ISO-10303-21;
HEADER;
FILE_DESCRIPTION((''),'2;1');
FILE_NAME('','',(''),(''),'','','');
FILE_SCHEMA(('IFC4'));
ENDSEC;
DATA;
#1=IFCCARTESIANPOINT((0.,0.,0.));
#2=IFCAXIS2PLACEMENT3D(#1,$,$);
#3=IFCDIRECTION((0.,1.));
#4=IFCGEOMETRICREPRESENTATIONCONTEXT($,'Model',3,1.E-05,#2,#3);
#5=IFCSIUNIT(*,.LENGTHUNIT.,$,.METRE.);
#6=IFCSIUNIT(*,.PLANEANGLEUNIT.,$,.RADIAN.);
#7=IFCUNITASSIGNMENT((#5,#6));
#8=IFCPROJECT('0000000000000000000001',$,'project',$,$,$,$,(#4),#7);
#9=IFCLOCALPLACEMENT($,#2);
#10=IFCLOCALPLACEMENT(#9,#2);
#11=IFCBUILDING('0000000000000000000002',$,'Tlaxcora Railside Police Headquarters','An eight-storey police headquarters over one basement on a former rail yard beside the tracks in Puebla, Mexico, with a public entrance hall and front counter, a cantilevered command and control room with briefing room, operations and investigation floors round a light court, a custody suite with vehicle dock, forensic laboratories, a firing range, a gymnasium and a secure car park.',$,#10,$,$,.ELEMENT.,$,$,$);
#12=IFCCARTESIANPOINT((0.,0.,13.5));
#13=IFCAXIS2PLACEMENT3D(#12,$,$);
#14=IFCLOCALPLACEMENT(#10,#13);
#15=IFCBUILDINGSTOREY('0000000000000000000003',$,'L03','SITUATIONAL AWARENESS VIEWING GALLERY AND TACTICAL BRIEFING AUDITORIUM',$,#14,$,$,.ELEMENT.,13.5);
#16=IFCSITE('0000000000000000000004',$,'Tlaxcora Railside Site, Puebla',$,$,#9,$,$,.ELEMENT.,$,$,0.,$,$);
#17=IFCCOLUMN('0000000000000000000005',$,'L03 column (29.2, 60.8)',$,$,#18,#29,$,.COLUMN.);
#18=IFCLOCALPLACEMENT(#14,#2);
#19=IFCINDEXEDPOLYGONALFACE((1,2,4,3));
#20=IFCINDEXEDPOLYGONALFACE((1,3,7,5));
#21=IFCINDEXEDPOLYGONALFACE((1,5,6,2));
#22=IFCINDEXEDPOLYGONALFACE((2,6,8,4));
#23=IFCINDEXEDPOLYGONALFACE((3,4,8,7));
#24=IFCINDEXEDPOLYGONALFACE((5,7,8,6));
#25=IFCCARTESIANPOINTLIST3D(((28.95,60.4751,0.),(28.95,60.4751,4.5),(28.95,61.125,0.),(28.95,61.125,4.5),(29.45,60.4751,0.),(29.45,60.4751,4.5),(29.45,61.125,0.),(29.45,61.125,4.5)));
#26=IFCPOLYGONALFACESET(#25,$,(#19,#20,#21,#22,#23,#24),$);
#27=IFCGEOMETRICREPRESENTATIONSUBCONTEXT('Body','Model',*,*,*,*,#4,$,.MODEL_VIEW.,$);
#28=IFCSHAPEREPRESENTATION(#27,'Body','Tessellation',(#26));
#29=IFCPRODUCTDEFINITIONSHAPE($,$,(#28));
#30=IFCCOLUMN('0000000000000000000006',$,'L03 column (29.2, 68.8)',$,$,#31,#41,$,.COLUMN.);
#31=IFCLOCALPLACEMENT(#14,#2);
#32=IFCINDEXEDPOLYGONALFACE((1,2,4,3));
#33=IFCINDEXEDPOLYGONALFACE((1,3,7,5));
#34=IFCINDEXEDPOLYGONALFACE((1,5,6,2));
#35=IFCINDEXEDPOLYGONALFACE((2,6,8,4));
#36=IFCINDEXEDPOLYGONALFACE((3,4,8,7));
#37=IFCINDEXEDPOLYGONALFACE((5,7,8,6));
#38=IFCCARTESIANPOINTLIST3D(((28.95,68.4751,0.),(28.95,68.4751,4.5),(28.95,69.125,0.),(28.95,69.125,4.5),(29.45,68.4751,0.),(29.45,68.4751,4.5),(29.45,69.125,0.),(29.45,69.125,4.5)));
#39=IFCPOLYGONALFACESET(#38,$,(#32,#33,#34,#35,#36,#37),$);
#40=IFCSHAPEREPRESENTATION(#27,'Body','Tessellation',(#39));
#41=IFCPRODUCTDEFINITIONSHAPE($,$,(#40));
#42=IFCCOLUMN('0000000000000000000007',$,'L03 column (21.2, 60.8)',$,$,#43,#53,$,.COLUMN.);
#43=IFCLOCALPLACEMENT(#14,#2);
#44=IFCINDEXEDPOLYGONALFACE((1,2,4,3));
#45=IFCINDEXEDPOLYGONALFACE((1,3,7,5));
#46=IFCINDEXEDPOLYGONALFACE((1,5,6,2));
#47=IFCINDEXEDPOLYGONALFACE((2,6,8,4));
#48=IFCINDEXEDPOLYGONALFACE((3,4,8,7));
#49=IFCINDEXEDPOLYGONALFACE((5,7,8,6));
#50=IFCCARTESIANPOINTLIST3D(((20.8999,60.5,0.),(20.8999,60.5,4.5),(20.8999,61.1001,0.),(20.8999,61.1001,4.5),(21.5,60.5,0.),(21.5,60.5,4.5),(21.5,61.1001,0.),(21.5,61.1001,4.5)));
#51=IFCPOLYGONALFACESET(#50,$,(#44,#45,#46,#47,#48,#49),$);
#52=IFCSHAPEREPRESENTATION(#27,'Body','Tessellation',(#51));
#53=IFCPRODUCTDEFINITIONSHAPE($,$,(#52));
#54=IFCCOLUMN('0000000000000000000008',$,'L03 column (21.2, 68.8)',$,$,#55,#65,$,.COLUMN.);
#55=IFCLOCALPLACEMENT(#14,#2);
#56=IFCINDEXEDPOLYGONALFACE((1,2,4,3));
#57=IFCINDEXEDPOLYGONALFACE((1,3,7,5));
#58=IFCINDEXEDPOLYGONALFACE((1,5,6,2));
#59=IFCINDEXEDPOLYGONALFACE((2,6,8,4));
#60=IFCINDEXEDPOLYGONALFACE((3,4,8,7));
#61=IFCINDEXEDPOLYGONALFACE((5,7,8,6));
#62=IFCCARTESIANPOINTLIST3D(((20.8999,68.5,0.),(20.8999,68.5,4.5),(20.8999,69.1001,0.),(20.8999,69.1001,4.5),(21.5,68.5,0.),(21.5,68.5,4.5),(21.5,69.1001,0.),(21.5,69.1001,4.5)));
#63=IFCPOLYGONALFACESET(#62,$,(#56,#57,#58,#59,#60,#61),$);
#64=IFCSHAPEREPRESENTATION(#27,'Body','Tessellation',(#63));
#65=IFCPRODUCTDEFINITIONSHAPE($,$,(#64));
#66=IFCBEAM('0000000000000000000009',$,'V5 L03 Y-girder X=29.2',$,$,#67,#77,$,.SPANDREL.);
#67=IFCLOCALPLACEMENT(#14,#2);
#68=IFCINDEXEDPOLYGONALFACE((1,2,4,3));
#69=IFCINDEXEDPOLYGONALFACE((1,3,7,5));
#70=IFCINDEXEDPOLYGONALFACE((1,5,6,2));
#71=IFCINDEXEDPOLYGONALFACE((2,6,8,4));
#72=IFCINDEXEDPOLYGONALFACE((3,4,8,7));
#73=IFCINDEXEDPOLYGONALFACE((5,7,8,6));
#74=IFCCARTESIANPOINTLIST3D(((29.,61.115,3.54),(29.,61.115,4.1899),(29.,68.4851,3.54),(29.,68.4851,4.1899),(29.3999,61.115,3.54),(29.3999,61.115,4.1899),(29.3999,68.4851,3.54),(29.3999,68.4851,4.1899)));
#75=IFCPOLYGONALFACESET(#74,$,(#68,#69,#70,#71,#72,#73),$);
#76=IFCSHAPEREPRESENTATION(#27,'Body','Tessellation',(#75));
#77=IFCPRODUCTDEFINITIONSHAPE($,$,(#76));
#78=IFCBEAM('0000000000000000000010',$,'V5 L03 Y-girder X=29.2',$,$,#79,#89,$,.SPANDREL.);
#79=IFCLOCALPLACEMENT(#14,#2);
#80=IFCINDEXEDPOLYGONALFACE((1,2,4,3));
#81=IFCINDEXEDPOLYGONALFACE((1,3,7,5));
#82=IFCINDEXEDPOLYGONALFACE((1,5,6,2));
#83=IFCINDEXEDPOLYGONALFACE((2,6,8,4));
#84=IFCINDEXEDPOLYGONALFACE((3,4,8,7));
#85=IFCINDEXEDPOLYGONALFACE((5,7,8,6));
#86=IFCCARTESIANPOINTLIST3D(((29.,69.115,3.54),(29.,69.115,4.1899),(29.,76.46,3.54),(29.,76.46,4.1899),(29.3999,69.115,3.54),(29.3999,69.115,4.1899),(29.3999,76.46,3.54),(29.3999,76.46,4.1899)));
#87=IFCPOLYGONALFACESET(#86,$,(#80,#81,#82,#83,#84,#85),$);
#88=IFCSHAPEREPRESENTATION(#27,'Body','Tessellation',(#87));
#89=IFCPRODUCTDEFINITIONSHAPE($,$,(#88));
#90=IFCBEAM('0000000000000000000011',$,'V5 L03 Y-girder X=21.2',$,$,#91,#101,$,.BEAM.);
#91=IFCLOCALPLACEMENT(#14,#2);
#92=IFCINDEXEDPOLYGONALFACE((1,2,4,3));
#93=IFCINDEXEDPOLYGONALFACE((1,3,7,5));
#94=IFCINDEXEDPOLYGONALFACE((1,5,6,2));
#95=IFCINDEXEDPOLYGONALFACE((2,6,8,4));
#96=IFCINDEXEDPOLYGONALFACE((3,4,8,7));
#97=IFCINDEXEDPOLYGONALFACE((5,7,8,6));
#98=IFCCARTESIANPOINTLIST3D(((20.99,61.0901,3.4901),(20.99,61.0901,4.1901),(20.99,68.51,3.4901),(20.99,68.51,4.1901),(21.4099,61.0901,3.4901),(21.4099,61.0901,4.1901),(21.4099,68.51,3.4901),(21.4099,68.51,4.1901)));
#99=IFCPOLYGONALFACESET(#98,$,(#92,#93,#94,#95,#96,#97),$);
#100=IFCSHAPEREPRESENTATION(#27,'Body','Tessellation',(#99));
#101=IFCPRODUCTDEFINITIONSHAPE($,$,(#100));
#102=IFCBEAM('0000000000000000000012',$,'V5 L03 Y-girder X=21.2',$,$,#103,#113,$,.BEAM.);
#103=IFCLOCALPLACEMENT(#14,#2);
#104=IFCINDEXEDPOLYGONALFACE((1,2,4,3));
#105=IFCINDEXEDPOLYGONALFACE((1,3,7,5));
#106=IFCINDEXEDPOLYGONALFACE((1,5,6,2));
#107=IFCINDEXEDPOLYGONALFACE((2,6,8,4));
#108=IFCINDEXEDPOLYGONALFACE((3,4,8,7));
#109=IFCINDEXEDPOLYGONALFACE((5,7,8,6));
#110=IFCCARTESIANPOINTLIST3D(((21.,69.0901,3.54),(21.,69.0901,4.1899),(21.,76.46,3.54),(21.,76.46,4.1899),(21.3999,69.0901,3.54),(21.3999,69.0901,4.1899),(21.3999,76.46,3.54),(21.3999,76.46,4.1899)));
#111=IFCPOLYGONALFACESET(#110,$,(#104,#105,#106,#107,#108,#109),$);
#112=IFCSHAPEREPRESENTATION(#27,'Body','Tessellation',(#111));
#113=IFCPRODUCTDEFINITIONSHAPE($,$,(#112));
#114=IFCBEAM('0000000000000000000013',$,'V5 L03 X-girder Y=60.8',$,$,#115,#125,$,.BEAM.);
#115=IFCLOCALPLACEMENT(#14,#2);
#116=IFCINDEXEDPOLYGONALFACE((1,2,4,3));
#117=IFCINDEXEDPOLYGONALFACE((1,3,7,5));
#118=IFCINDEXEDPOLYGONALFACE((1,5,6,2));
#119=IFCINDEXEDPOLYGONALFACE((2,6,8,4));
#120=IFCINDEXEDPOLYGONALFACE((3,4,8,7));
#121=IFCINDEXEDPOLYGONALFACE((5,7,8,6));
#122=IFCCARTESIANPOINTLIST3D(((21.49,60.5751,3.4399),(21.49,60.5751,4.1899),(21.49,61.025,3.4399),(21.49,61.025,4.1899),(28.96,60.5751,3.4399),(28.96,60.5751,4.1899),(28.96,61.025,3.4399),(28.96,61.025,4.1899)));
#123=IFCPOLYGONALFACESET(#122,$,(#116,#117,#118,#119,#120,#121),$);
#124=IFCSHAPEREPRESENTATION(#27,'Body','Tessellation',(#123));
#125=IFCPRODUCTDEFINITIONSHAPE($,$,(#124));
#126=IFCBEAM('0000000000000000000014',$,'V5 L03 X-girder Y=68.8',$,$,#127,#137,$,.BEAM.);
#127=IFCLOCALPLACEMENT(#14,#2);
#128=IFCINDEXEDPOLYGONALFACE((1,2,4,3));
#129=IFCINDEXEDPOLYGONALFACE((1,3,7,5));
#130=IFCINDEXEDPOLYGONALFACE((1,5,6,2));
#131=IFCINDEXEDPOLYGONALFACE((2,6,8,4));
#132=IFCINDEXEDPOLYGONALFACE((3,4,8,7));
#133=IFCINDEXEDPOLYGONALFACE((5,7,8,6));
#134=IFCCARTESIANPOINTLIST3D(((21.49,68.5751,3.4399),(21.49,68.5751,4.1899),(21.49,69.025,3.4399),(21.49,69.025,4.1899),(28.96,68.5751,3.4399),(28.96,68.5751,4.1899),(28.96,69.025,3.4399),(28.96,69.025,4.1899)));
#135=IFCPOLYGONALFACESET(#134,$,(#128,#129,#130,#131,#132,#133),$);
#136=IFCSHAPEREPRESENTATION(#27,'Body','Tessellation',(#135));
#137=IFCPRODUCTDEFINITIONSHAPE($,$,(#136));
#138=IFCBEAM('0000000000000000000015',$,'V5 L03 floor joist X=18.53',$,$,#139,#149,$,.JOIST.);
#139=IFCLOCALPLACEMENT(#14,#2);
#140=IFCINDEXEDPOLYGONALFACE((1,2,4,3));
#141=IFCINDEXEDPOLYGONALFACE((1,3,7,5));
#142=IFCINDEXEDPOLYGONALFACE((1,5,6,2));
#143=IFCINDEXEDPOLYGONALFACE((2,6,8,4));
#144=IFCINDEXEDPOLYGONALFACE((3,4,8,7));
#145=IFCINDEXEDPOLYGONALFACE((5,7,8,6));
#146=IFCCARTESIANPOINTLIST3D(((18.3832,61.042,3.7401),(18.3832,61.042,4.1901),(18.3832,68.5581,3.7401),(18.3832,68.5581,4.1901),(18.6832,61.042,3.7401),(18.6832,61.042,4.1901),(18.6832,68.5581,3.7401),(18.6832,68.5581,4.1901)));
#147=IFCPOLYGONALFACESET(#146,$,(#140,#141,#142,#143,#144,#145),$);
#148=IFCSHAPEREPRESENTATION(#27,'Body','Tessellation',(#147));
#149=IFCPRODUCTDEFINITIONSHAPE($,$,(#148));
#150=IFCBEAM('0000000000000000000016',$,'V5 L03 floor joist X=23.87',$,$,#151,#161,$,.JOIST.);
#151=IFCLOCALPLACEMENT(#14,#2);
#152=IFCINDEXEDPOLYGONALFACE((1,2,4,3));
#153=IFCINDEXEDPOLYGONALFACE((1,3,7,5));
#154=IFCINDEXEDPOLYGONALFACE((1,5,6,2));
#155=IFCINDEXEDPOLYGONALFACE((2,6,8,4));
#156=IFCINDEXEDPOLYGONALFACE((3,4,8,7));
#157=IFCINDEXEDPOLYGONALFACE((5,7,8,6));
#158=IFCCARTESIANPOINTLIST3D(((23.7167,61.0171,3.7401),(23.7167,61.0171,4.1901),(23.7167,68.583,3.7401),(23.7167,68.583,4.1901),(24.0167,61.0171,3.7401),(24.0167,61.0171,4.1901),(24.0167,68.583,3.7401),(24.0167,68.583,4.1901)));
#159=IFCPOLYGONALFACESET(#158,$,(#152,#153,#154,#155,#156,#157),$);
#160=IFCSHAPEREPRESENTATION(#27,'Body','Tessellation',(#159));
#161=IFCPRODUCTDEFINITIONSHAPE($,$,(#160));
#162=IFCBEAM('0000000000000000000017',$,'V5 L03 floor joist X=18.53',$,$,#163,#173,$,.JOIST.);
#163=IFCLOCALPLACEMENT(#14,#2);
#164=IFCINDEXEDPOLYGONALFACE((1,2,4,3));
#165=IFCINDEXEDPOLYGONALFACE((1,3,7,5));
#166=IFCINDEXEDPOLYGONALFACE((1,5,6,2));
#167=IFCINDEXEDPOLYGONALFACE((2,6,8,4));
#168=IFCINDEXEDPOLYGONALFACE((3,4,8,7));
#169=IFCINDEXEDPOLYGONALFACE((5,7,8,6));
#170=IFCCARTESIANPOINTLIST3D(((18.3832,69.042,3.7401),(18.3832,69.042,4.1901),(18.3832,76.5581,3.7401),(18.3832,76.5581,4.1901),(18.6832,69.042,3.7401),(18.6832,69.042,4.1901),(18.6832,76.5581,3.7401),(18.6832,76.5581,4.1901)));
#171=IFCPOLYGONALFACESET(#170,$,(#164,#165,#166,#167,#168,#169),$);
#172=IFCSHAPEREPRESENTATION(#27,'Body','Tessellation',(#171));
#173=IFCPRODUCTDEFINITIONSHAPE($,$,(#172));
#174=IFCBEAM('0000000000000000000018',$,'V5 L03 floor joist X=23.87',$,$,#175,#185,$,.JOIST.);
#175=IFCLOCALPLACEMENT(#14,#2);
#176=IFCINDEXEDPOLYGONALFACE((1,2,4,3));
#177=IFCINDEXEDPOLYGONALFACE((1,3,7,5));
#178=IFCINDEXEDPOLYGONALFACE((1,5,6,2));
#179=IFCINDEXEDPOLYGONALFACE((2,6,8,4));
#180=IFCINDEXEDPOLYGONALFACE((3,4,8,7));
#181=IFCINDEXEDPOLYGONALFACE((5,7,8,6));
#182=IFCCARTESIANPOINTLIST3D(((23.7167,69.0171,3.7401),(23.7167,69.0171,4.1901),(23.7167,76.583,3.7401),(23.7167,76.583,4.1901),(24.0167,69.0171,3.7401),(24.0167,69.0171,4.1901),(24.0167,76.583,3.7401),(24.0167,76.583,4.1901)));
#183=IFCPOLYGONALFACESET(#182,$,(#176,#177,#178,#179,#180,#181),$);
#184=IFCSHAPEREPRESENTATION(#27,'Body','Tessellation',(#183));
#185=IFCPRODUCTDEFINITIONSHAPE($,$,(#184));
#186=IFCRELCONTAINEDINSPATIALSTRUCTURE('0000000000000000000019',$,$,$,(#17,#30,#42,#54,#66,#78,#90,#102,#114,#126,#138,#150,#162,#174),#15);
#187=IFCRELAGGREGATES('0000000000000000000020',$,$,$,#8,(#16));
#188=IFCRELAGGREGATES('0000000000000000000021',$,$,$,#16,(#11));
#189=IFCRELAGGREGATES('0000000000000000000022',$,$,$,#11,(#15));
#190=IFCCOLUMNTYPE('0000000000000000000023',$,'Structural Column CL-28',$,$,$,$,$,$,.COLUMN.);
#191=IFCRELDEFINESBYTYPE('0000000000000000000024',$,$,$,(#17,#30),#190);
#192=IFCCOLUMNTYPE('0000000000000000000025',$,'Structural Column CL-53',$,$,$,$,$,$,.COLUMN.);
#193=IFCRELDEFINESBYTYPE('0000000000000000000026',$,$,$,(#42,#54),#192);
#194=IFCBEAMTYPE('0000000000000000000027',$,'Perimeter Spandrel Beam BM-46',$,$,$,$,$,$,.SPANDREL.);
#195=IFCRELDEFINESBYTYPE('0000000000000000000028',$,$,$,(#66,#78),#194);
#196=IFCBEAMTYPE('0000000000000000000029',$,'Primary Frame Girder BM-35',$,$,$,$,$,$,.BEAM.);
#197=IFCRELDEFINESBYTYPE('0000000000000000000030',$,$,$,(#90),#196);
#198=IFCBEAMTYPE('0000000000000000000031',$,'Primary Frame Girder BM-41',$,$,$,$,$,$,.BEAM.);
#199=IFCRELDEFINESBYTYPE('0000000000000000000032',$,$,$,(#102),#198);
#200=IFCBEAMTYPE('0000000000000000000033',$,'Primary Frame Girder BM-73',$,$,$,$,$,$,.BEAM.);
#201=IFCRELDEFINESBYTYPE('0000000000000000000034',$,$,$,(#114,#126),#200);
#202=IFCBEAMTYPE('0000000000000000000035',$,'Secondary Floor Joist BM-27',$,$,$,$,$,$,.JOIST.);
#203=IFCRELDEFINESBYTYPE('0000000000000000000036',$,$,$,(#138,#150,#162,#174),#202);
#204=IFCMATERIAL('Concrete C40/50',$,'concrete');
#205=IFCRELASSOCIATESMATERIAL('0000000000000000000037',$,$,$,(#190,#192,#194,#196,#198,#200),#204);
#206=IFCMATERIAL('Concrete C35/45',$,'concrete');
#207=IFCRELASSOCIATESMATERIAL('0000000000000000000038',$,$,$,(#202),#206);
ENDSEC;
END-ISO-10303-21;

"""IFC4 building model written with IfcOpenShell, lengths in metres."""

from ifc_helpers import new_model, si_unit, direction, frame, origin, origin_2d, place, context, subcontext, project, spatial, rectangle, extrude, material, material_profile, profile_set, type_object, element, save


model = new_model("IFC4")

# Units and contexts
model_context = context("Model", 3, precision=1e-05, world=origin(), true_north=direction((0.0, 1.0)))
body_context = subcontext(model_context, "Body", "Model", "MODEL_VIEW")
ifc_project = project(units=[si_unit("LENGTHUNIT", "METRE"), si_unit("PLANEANGLEUNIT", "RADIAN")], contexts=[model_context])

# Site, building, storey
site_placement = place(None, origin())
site = spatial("IfcSite", under=ifc_project, at=site_placement, Name="Tlaxcora Railside Site, Puebla", CompositionType="ELEMENT", RefElevation=0.0)
building_placement = place(site_placement, origin())
building = spatial("IfcBuilding", under=site, at=building_placement, Name="Tlaxcora Railside Police Headquarters", Description="An eight-storey police headquarters over one basement on a former rail yard beside the tracks in Puebla, Mexico, with a public entrance hall and front counter, a cantilevered command and control room with briefing room, operations and investigation floors round a light court, a custody suite with vehicle dock, forensic laboratories, a firing range, a gymnasium and a secure car park.", CompositionType="ELEMENT")
storey_placement = place(building_placement, frame((0.0, 0.0, 13.5)))
storey = spatial("IfcBuildingStorey", under=building, at=storey_placement, Name="L03", Description="SITUATIONAL AWARENESS VIEWING GALLERY AND TACTICAL BRIEFING AUDITORIUM", CompositionType="ELEMENT", Elevation=13.5)

# Columns
ifc_material_1 = material(Name="Concrete C40/50", Category="concrete")
ifc_material_profile_1 = material_profile(ifc_material_1, rectangle(XDim=0.5, YDim=0.6499, at=origin_2d()), Name="RC500X650")
ifc_profile_set_1 = profile_set([ifc_material_profile_1], Name="Concrete C40/50")
column_type_1 = type_object("IfcColumnType", Name="Structural Column CL-28", PredefinedType="COLUMN", material=ifc_profile_set_1)
for number, where, z_axis, x_axis, name in (
    (1, (29.2, 60.8, 0.0), (0.0, 0.0, 1.0), (1.0, 0.0, 0.0), "L03 column (29.2, 60.8)"),
    (2, (29.2, 68.8, 0.0), (0.0, 0.0, 1.0), (1.0, 0.0, 0.0), "L03 column (29.2, 68.8)"),
):
    element("IfcColumn", number, at=place(storey_placement, frame(where, z_axis=z_axis, x_axis=x_axis)), inside=storey, type_object=column_type_1, Name=name, PredefinedType="COLUMN", context=body_context, shape_type="SweptSolid", body=[
        extrude(rectangle(XDim=0.5, YDim=0.6499, at=origin_2d()), origin(), (0.0, 0.0, 1.0), 4.5),
    ])
ifc_material_profile_2 = material_profile(ifc_material_1, rectangle(XDim=0.6001, YDim=0.6001, at=origin_2d()), Name="RC600X600")
ifc_profile_set_2 = profile_set([ifc_material_profile_2], Name="Concrete C40/50")
column_type_2 = type_object("IfcColumnType", Name="Structural Column CL-53", PredefinedType="COLUMN", material=ifc_profile_set_2)
for number, where, z_axis, x_axis, name in (
    (3, (21.2, 60.8, 0.0), (0.0, 0.0, 1.0), (1.0, 0.0, 0.0), "L03 column (21.2, 60.8)"),
    (4, (21.2, 68.8, 0.0), (0.0, 0.0, 1.0), (1.0, 0.0, 0.0), "L03 column (21.2, 68.8)"),
):
    element("IfcColumn", number, at=place(storey_placement, frame(where, z_axis=z_axis, x_axis=x_axis)), inside=storey, type_object=column_type_2, Name=name, PredefinedType="COLUMN", context=body_context, shape_type="SweptSolid", body=[
        extrude(rectangle(XDim=0.6001, YDim=0.6001, at=origin_2d()), origin(), (0.0, 0.0, 1.0), 4.5),
    ])

# Beams
ifc_material_profile_3 = material_profile(ifc_material_1, rectangle(XDim=0.3999, YDim=0.6499, at=origin_2d()), Name="RC400X650")
ifc_profile_set_3 = profile_set([ifc_material_profile_3], Name="Concrete C40/50")
beam_type_1 = type_object("IfcBeamType", Name="Perimeter Spandrel Beam BM-46", PredefinedType="SPANDREL", material=ifc_profile_set_3)
beam_1_placement = place(storey_placement, frame((29.2, 61.115, 3.865), z_axis=(0.0, 1.0, 0.0), x_axis=(-1.0, 0.0, 0.0)))
element("IfcBeam", 5, at=beam_1_placement, inside=storey, type_object=beam_type_1, Name="V5 L03 Y-girder X=29.2", PredefinedType="SPANDREL", context=body_context, shape_type="SweptSolid", body=[
    extrude(rectangle(XDim=0.3999, YDim=0.6499, at=origin_2d()), origin(), (0.0, 0.0, 1.0), 7.3701),
])
beam_2_placement = place(storey_placement, frame((29.2, 69.115, 3.865), z_axis=(0.0, 1.0, 0.0), x_axis=(-1.0, 0.0, 0.0)))
element("IfcBeam", 6, at=beam_2_placement, inside=storey, type_object=beam_type_1, Name="V5 L03 Y-girder X=29.2", PredefinedType="SPANDREL", context=body_context, shape_type="SweptSolid", body=[
    extrude(rectangle(XDim=0.3999, YDim=0.6499, at=origin_2d()), origin(), (0.0, 0.0, 1.0), 7.345),
])
ifc_material_profile_4 = material_profile(ifc_material_1, rectangle(XDim=0.4199, YDim=0.7, at=origin_2d()), Name="RC420X700")
ifc_profile_set_4 = profile_set([ifc_material_profile_4], Name="Concrete C40/50")
beam_type_2 = type_object("IfcBeamType", Name="Primary Frame Girder BM-35", PredefinedType="BEAM", material=ifc_profile_set_4)
beam_3_placement = place(storey_placement, frame((21.2, 61.0901, 3.8401), z_axis=(0.0, 1.0, 0.0), x_axis=(-1.0, 0.0, 0.0)))
element("IfcBeam", 7, at=beam_3_placement, inside=storey, type_object=beam_type_2, Name="V5 L03 Y-girder X=21.2", PredefinedType="BEAM", context=body_context, shape_type="SweptSolid", body=[
    extrude(rectangle(XDim=0.4199, YDim=0.7, at=origin_2d()), origin(), (0.0, 0.0, 1.0), 7.4199),
])
ifc_material_profile_5 = material_profile(ifc_material_1, rectangle(XDim=0.3999, YDim=0.6499, at=origin_2d()), Name="RC400X650")
ifc_profile_set_5 = profile_set([ifc_material_profile_5], Name="Concrete C40/50")
beam_type_3 = type_object("IfcBeamType", Name="Primary Frame Girder BM-41", PredefinedType="BEAM", material=ifc_profile_set_5)
beam_4_placement = place(storey_placement, frame((21.2, 69.0901, 3.865), z_axis=(0.0, 1.0, 0.0), x_axis=(-1.0, 0.0, 0.0)))
element("IfcBeam", 8, at=beam_4_placement, inside=storey, type_object=beam_type_3, Name="V5 L03 Y-girder X=21.2", PredefinedType="BEAM", context=body_context, shape_type="SweptSolid", body=[
    extrude(rectangle(XDim=0.3999, YDim=0.6499, at=origin_2d()), origin(), (0.0, 0.0, 1.0), 7.3699),
])
ifc_material_profile_6 = material_profile(ifc_material_1, rectangle(XDim=0.45, YDim=0.75, at=origin_2d()), Name="RC450X750")
ifc_profile_set_6 = profile_set([ifc_material_profile_6], Name="Concrete C40/50")
beam_type_4 = type_object("IfcBeamType", Name="Primary Frame Girder BM-73", PredefinedType="BEAM", material=ifc_profile_set_6)
for number, where, z_axis, x_axis, name in (
    (9, (21.49, 60.8, 3.8149), (1.0, 0.0, 0.0), (0.0, 1.0, 0.0), "V5 L03 X-girder Y=60.8"),
    (10, (21.49, 68.8, 3.8149), (1.0, 0.0, 0.0), (0.0, 1.0, 0.0), "V5 L03 X-girder Y=68.8"),
):
    element("IfcBeam", number, at=place(storey_placement, frame(where, z_axis=z_axis, x_axis=x_axis)), inside=storey, type_object=beam_type_4, Name=name, PredefinedType="BEAM", context=body_context, shape_type="SweptSolid", body=[
        extrude(rectangle(XDim=0.45, YDim=0.75, at=origin_2d()), origin(), (0.0, 0.0, 1.0), 7.47),
    ])
ifc_material_2 = material(Name="Concrete C35/45", Category="concrete")
ifc_material_profile_7 = material_profile(ifc_material_2, rectangle(XDim=0.3, YDim=0.45, at=origin_2d()), Name="RC300X450")
ifc_profile_set_7 = profile_set([ifc_material_profile_7], Name="Concrete C35/45")
beam_type_5 = type_object("IfcBeamType", Name="Secondary Floor Joist BM-27", PredefinedType="JOIST", material=ifc_profile_set_7)
beam_5_placement = place(storey_placement, frame((18.5332, 61.042, 3.9651), z_axis=(0.0, 1.0, 0.0), x_axis=(-1.0, 0.0, 0.0)))
element("IfcBeam", 11, at=beam_5_placement, inside=storey, type_object=beam_type_5, Name="V5 L03 floor joist X=18.53", PredefinedType="JOIST", context=body_context, shape_type="SweptSolid", body=[
    extrude(rectangle(XDim=0.3, YDim=0.45, at=origin_2d()), origin(), (0.0, 0.0, 1.0), 7.5161),
])
beam_6_placement = place(storey_placement, frame((23.8667, 61.0171, 3.9651), z_axis=(0.0, 1.0, 0.0), x_axis=(-1.0, 0.0, 0.0)))
element("IfcBeam", 12, at=beam_6_placement, inside=storey, type_object=beam_type_5, Name="V5 L03 floor joist X=23.87", PredefinedType="JOIST", context=body_context, shape_type="SweptSolid", body=[
    extrude(rectangle(XDim=0.3, YDim=0.45, at=origin_2d()), origin(), (0.0, 0.0, 1.0), 7.5659),
])
beam_7_placement = place(storey_placement, frame((18.5332, 69.042, 3.9651), z_axis=(0.0, 1.0, 0.0), x_axis=(-1.0, 0.0, 0.0)))
element("IfcBeam", 13, at=beam_7_placement, inside=storey, type_object=beam_type_5, Name="V5 L03 floor joist X=18.53", PredefinedType="JOIST", context=body_context, shape_type="SweptSolid", body=[
    extrude(rectangle(XDim=0.3, YDim=0.45, at=origin_2d()), origin(), (0.0, 0.0, 1.0), 7.5161),
])
beam_8_placement = place(storey_placement, frame((23.8667, 69.0171, 3.9651), z_axis=(0.0, 1.0, 0.0), x_axis=(-1.0, 0.0, 0.0)))
element("IfcBeam", 14, at=beam_8_placement, inside=storey, type_object=beam_type_5, Name="V5 L03 floor joist X=23.87", PredefinedType="JOIST", context=body_context, shape_type="SweptSolid", body=[
    extrude(rectangle(XDim=0.3, YDim=0.45, at=origin_2d()), origin(), (0.0, 0.0, 1.0), 7.5659),
])

save(model, "model.ifc")
